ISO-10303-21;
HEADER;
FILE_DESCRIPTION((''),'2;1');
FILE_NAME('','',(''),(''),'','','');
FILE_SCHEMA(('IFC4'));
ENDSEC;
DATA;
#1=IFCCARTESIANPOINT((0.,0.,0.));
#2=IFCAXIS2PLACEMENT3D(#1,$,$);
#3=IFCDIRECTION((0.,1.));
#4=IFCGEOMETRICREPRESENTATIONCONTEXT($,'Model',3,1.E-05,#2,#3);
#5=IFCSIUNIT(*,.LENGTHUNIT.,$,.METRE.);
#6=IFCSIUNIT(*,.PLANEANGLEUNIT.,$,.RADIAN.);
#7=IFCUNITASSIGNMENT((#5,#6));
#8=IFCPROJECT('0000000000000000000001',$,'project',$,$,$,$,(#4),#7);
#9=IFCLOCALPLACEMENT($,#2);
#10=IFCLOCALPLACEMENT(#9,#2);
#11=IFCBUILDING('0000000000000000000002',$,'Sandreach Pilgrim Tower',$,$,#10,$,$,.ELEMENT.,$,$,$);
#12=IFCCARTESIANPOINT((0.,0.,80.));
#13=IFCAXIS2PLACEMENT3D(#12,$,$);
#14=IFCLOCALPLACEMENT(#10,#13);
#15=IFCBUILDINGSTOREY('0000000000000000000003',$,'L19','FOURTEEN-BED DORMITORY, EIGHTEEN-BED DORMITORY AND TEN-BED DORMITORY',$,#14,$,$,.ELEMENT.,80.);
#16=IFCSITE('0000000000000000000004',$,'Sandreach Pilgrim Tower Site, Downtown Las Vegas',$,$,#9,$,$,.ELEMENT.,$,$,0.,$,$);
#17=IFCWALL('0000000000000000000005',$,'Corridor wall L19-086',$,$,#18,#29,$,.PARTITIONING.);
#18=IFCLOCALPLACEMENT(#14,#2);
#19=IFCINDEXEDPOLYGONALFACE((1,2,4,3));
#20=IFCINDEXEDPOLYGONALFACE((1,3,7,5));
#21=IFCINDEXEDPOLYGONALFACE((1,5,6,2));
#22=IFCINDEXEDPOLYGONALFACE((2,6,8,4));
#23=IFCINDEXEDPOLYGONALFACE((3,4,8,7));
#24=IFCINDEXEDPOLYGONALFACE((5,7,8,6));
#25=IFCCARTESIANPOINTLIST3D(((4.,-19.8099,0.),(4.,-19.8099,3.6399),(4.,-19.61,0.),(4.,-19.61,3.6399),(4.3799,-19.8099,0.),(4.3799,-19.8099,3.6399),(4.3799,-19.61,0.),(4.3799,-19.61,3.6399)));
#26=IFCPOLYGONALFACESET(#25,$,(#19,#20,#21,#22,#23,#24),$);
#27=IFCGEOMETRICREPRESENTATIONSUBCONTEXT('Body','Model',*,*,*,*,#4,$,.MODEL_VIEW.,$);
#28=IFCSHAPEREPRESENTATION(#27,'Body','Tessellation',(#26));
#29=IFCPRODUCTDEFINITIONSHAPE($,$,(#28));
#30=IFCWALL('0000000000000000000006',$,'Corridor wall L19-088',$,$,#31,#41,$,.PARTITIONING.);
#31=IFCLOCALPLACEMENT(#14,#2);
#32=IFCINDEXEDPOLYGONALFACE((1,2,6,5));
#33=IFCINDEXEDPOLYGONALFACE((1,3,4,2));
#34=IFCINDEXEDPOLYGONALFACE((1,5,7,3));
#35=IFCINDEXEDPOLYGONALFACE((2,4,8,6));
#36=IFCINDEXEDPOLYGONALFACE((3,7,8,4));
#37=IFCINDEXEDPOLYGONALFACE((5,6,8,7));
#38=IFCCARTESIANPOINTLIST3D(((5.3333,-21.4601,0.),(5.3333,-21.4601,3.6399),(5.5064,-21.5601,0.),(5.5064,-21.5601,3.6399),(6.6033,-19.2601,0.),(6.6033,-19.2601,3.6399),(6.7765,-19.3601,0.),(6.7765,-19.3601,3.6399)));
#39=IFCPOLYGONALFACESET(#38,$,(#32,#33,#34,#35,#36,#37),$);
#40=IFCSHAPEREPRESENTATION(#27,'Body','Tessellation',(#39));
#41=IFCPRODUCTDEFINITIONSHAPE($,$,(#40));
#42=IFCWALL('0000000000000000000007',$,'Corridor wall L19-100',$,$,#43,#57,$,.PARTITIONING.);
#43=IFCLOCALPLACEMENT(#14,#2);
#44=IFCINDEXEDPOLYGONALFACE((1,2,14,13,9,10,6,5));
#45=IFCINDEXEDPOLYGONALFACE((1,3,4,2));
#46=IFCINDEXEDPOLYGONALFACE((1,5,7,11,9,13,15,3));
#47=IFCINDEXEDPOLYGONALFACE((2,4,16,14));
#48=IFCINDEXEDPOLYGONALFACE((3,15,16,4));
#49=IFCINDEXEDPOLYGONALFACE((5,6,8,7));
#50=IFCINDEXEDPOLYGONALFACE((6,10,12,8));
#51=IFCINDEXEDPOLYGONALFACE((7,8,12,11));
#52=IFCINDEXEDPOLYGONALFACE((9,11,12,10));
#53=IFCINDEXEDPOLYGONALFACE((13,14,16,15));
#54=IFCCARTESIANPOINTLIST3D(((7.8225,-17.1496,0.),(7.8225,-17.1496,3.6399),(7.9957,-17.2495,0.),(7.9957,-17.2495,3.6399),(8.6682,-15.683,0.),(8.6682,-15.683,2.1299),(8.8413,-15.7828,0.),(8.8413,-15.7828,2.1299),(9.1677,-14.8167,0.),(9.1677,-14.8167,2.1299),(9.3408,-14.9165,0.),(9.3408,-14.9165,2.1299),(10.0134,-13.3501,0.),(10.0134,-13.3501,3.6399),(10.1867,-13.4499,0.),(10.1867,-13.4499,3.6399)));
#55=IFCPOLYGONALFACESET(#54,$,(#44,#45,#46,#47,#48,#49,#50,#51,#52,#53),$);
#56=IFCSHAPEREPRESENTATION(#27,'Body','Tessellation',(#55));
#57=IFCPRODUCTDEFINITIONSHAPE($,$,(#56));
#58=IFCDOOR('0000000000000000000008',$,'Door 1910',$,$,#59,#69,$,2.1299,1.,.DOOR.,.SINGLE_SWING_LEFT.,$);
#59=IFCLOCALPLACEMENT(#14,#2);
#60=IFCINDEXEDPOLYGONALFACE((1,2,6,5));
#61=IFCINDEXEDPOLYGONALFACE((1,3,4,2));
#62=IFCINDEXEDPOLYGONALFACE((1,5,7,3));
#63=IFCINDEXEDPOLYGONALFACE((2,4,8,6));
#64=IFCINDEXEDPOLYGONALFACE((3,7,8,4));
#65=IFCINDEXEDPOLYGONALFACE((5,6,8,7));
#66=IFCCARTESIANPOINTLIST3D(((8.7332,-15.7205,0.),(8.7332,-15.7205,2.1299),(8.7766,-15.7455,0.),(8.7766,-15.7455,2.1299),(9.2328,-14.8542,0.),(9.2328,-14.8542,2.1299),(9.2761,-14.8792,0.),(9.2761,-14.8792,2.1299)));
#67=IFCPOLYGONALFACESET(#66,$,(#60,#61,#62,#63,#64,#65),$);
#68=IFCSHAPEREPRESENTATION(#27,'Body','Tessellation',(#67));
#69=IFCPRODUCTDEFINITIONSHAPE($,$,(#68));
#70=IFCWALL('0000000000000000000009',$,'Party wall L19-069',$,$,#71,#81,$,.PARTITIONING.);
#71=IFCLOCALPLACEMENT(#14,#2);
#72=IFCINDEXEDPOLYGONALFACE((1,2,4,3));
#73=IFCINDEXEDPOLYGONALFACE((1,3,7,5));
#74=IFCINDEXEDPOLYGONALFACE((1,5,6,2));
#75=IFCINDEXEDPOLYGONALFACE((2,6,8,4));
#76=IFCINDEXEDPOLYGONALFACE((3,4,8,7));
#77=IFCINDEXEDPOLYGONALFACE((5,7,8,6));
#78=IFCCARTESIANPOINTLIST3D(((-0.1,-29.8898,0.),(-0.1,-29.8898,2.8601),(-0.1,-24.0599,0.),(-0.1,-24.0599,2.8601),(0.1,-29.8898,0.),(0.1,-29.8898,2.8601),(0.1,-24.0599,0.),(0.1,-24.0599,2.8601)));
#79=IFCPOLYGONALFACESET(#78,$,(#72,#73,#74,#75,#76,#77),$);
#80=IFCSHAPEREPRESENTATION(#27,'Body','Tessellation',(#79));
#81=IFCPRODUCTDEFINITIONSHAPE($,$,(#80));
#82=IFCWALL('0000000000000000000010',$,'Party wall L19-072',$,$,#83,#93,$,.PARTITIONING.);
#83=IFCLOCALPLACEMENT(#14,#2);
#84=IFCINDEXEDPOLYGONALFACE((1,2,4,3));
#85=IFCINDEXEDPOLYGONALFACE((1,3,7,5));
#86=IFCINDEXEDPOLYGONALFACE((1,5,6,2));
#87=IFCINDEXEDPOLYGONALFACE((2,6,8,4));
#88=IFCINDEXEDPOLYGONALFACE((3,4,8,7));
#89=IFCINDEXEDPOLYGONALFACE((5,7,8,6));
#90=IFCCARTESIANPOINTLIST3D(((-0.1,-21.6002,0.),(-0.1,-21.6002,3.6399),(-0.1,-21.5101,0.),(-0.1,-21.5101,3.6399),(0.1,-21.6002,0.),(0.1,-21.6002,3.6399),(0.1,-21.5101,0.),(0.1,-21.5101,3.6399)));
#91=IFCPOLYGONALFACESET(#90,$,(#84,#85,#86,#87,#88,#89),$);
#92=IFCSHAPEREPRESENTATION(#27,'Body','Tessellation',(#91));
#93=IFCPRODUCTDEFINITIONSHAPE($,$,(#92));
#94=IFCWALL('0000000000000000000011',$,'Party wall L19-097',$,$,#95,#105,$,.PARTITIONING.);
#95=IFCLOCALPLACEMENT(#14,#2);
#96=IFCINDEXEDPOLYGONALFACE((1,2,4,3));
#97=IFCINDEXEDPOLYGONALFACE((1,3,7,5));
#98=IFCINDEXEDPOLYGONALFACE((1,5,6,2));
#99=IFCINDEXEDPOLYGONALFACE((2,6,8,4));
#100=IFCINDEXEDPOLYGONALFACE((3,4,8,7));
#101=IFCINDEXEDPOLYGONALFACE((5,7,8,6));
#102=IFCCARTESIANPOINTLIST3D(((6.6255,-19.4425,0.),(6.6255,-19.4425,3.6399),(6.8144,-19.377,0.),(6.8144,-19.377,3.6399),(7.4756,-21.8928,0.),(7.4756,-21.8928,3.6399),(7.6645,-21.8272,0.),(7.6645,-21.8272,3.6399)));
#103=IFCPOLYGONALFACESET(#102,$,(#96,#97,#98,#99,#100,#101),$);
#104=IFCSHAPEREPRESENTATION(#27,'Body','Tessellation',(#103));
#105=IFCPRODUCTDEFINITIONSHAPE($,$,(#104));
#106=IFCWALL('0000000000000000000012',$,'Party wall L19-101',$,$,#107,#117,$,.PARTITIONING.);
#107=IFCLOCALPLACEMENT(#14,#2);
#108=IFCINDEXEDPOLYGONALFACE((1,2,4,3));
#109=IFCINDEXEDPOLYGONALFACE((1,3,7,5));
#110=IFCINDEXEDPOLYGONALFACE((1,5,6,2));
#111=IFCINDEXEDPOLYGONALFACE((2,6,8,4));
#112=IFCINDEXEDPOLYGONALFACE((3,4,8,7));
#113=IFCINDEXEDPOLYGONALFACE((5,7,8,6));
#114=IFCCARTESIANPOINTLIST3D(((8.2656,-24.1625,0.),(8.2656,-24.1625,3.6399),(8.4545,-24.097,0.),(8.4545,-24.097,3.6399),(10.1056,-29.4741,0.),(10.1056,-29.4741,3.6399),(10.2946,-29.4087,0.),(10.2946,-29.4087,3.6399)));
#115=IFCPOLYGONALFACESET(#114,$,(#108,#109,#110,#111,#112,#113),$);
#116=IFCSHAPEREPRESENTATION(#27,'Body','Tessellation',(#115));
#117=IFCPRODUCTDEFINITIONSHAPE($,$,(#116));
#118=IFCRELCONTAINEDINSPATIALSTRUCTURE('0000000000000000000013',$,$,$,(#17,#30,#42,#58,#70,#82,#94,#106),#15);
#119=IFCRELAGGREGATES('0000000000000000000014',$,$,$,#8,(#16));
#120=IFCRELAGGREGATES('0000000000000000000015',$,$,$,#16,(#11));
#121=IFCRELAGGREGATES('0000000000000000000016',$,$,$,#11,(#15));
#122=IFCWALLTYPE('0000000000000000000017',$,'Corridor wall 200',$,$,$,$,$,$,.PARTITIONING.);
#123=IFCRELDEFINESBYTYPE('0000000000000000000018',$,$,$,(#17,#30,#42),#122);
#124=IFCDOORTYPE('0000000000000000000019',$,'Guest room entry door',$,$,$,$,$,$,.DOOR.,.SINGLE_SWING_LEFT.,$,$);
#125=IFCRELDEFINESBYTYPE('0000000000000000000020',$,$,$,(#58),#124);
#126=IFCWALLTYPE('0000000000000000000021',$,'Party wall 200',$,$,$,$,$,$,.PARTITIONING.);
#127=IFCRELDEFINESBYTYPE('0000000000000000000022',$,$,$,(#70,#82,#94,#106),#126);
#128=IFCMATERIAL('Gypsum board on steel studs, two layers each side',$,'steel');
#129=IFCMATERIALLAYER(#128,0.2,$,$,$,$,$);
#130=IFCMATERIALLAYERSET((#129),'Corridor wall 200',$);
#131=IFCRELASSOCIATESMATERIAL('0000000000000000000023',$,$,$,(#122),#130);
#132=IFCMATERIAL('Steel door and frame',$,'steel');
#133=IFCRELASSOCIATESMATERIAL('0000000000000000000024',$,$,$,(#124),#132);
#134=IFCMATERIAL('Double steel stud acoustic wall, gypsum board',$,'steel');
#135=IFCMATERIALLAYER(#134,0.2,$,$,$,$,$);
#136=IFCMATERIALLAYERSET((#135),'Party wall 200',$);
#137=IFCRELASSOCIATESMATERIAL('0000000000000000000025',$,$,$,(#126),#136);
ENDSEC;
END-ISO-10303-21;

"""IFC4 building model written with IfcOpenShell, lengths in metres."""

from ifc_helpers import new_model, si_unit, direction, frame, frame_2d, origin, place, context, subcontext, project, spatial, rectangle, extrude, material, layer, layer_set, type_object, element, fill, save


model = new_model("IFC4")

# Units and contexts
model_context = context("Model", 3, precision=1e-05, world=origin(), true_north=direction((0.0, 1.0)))
body_context = subcontext(model_context, "Body", "Model", "MODEL_VIEW")
ifc_project = project(units=[si_unit("LENGTHUNIT", "METRE"), si_unit("PLANEANGLEUNIT", "RADIAN")], contexts=[model_context])

# Site, building, storey
site_placement = place(None, origin())
site = spatial("IfcSite", under=ifc_project, at=site_placement, Name="Sandreach Pilgrim Tower Site, Downtown Las Vegas", CompositionType="ELEMENT", RefElevation=0.0)
building_placement = place(site_placement, origin())
building = spatial("IfcBuilding", under=site, at=building_placement, Name="Sandreach Pilgrim Tower", CompositionType="ELEMENT")
storey_placement = place(building_placement, frame((0.0, 0.0, 80.0)))
storey = spatial("IfcBuildingStorey", under=building, at=storey_placement, Name="L19", Description="FOURTEEN-BED DORMITORY, EIGHTEEN-BED DORMITORY AND TEN-BED DORMITORY", CompositionType="ELEMENT", Elevation=80.0)

# Shared definitions
ifc_material_1 = material(Name="Gypsum board on steel studs, two layers each side", Category="steel")
ifc_layer_1 = layer(ifc_material_1, 0.2)
ifc_layer_set_1 = layer_set([ifc_layer_1], Name="Corridor wall 200")
wall_type_1 = type_object("IfcWallType", Name="Corridor wall 200", PredefinedType="PARTITIONING", material=ifc_layer_set_1)
ifc_material_2 = material(Name="Steel door and frame", Category="steel")
door_type_1 = type_object("IfcDoorType", Name="Guest room entry door", OperationType="SINGLE_SWING_LEFT", PredefinedType="DOOR", material=ifc_material_2)

# Walls
wall_1_placement = place(storey_placement, frame((4.3799, -19.71, 0.0), z_axis=(0.0, 0.0, 1.0), x_axis=(-1.0, 0.0, 0.0)))
element("IfcWall", 1, at=wall_1_placement, inside=storey, type_object=wall_type_1, Name="Corridor wall L19-086", PredefinedType="PARTITIONING", context=body_context, shape_type="SweptSolid", body=[
    extrude(rectangle(XDim=0.3799, YDim=0.2, at=frame_2d((0.1899, 0.0))), origin(), (0.0, 0.0, 1.0), 3.6399),
])
wall_2_placement = place(storey_placement, frame((5.4199, -21.51, 0.0), z_axis=(0.0, 0.0, 1.0), x_axis=(0.499964, 0.866046, 0.0)))
element("IfcWall", 2, at=wall_2_placement, inside=storey, type_object=wall_type_1, Name="Corridor wall L19-088", PredefinedType="PARTITIONING", context=body_context, shape_type="SweptSolid", body=[
    extrude(rectangle(XDim=2.5403, YDim=0.2, at=frame_2d((1.27, 0.0))), origin(), (0.0, 0.0, 1.0), 3.6399),
])

# Wall, opening, door
wall_3_placement = place(storey_placement, frame((7.9092, -17.1995, 0.0), z_axis=(0.0, 0.0, 1.0), x_axis=(0.499528, 0.866298, 0.0)))
wall_3 = element("IfcWall", 3, at=wall_3_placement, inside=storey, type_object=wall_type_1, Name="Corridor wall L19-100", PredefinedType="PARTITIONING", context=body_context, shape_type="SweptSolid", body=[
    extrude(rectangle(XDim=4.386, YDim=0.2, at=frame_2d((2.1929, 0.0))), origin(), (0.0, 0.0, 1.0), 3.6399),
])
opening_1_placement = place(wall_3_placement, frame((1.6929, 0.0, 0.0)))
opening_1 = element("IfcOpeningElement", 4, at=opening_1_placement, cuts=wall_3, PredefinedType="OPENING", context=body_context, shape_type="SweptSolid", body=[
    extrude(rectangle(XDim=1.0, YDim=2.1299, at=frame_2d((0.5, 1.0649))), frame((0.0, 0.1001, 0.0), z_axis=(0.0, -1.0, 0.0), x_axis=(1.0, 0.0, 0.0)), (0.0, 0.0, 1.0), 0.2),
])
door_1_placement = place(opening_1_placement, origin())
door_1 = element("IfcDoor", 5, at=door_1_placement, inside=storey, type_object=door_type_1, Name="Door 1910", OperationType="SINGLE_SWING_LEFT", OverallHeight=2.1299, OverallWidth=1.0, PredefinedType="DOOR", context=body_context, shape_type="SweptSolid", body=[
    extrude(rectangle(XDim=1.0, YDim=2.1299, at=frame_2d((0.5, 1.0649))), frame((0.0, 0.0249, 0.0), z_axis=(0.0, -1.0, 0.0), x_axis=(1.0, 0.0, 0.0)), (0.0, 0.0, 1.0), 0.05),
])
fill(opening_1, door_1)

# Walls
ifc_material_3 = material(Name="Double steel stud acoustic wall, gypsum board", Category="steel")
ifc_layer_2 = layer(ifc_material_3, 0.2)
ifc_layer_set_2 = layer_set([ifc_layer_2], Name="Party wall 200")
wall_type_2 = type_object("IfcWallType", Name="Party wall 200", PredefinedType="PARTITIONING", material=ifc_layer_set_2)
wall_4_placement = place(storey_placement, frame((0.0, -29.8899, 0.0), z_axis=(0.0, 0.0, 1.0), x_axis=(0.0, 1.0, 0.0)))
element("IfcWall", 6, at=wall_4_placement, inside=storey, type_object=wall_type_2, Name="Party wall L19-069", PredefinedType="PARTITIONING", context=body_context, shape_type="SweptSolid", body=[
    extrude(rectangle(XDim=5.8298, YDim=0.2, at=frame_2d((2.915, 0.0))), origin(), (0.0, 0.0, 1.0), 2.8601),
])
wall_5_placement = place(storey_placement, frame((0.0, -21.6001, 0.0), z_axis=(0.0, 0.0, 1.0), x_axis=(0.0, 1.0, 0.0)))
element("IfcWall", 7, at=wall_5_placement, inside=storey, type_object=wall_type_2, Name="Party wall L19-072", PredefinedType="PARTITIONING", context=body_context, shape_type="SweptSolid", body=[
    extrude(rectangle(XDim=0.0901, YDim=0.2, at=frame_2d((0.0449, 0.0))), origin(), (0.0, 0.0, 1.0), 3.6399),
])
wall_6_placement = place(storey_placement, frame((7.5701, -21.8601, 0.0), z_axis=(0.0, 0.0, 1.0), x_axis=(-0.327783, 0.944753, 0.0)))
element("IfcWall", 8, at=wall_6_placement, inside=storey, type_object=wall_type_2, Name="Party wall L19-097", PredefinedType="PARTITIONING", context=body_context, shape_type="SweptSolid", body=[
    extrude(rectangle(XDim=2.5935, YDim=0.2, at=frame_2d((1.2969, 0.0))), origin(), (0.0, 0.0, 1.0), 3.6399),
])
wall_7_placement = place(storey_placement, frame((8.3601, -24.1299, 0.0), z_axis=(0.0, 0.0, 1.0), x_axis=(0.327333, -0.944909, 0.0)))
element("IfcWall", 9, at=wall_7_placement, inside=storey, type_object=wall_type_2, Name="Party wall L19-101", PredefinedType="PARTITIONING", context=body_context, shape_type="SweptSolid", body=[
    extrude(rectangle(XDim=5.6213, YDim=0.2, at=frame_2d((2.8105, 0.0))), origin(), (0.0, 0.0, 1.0), 3.6399),
])

save(model, "model.ifc")
